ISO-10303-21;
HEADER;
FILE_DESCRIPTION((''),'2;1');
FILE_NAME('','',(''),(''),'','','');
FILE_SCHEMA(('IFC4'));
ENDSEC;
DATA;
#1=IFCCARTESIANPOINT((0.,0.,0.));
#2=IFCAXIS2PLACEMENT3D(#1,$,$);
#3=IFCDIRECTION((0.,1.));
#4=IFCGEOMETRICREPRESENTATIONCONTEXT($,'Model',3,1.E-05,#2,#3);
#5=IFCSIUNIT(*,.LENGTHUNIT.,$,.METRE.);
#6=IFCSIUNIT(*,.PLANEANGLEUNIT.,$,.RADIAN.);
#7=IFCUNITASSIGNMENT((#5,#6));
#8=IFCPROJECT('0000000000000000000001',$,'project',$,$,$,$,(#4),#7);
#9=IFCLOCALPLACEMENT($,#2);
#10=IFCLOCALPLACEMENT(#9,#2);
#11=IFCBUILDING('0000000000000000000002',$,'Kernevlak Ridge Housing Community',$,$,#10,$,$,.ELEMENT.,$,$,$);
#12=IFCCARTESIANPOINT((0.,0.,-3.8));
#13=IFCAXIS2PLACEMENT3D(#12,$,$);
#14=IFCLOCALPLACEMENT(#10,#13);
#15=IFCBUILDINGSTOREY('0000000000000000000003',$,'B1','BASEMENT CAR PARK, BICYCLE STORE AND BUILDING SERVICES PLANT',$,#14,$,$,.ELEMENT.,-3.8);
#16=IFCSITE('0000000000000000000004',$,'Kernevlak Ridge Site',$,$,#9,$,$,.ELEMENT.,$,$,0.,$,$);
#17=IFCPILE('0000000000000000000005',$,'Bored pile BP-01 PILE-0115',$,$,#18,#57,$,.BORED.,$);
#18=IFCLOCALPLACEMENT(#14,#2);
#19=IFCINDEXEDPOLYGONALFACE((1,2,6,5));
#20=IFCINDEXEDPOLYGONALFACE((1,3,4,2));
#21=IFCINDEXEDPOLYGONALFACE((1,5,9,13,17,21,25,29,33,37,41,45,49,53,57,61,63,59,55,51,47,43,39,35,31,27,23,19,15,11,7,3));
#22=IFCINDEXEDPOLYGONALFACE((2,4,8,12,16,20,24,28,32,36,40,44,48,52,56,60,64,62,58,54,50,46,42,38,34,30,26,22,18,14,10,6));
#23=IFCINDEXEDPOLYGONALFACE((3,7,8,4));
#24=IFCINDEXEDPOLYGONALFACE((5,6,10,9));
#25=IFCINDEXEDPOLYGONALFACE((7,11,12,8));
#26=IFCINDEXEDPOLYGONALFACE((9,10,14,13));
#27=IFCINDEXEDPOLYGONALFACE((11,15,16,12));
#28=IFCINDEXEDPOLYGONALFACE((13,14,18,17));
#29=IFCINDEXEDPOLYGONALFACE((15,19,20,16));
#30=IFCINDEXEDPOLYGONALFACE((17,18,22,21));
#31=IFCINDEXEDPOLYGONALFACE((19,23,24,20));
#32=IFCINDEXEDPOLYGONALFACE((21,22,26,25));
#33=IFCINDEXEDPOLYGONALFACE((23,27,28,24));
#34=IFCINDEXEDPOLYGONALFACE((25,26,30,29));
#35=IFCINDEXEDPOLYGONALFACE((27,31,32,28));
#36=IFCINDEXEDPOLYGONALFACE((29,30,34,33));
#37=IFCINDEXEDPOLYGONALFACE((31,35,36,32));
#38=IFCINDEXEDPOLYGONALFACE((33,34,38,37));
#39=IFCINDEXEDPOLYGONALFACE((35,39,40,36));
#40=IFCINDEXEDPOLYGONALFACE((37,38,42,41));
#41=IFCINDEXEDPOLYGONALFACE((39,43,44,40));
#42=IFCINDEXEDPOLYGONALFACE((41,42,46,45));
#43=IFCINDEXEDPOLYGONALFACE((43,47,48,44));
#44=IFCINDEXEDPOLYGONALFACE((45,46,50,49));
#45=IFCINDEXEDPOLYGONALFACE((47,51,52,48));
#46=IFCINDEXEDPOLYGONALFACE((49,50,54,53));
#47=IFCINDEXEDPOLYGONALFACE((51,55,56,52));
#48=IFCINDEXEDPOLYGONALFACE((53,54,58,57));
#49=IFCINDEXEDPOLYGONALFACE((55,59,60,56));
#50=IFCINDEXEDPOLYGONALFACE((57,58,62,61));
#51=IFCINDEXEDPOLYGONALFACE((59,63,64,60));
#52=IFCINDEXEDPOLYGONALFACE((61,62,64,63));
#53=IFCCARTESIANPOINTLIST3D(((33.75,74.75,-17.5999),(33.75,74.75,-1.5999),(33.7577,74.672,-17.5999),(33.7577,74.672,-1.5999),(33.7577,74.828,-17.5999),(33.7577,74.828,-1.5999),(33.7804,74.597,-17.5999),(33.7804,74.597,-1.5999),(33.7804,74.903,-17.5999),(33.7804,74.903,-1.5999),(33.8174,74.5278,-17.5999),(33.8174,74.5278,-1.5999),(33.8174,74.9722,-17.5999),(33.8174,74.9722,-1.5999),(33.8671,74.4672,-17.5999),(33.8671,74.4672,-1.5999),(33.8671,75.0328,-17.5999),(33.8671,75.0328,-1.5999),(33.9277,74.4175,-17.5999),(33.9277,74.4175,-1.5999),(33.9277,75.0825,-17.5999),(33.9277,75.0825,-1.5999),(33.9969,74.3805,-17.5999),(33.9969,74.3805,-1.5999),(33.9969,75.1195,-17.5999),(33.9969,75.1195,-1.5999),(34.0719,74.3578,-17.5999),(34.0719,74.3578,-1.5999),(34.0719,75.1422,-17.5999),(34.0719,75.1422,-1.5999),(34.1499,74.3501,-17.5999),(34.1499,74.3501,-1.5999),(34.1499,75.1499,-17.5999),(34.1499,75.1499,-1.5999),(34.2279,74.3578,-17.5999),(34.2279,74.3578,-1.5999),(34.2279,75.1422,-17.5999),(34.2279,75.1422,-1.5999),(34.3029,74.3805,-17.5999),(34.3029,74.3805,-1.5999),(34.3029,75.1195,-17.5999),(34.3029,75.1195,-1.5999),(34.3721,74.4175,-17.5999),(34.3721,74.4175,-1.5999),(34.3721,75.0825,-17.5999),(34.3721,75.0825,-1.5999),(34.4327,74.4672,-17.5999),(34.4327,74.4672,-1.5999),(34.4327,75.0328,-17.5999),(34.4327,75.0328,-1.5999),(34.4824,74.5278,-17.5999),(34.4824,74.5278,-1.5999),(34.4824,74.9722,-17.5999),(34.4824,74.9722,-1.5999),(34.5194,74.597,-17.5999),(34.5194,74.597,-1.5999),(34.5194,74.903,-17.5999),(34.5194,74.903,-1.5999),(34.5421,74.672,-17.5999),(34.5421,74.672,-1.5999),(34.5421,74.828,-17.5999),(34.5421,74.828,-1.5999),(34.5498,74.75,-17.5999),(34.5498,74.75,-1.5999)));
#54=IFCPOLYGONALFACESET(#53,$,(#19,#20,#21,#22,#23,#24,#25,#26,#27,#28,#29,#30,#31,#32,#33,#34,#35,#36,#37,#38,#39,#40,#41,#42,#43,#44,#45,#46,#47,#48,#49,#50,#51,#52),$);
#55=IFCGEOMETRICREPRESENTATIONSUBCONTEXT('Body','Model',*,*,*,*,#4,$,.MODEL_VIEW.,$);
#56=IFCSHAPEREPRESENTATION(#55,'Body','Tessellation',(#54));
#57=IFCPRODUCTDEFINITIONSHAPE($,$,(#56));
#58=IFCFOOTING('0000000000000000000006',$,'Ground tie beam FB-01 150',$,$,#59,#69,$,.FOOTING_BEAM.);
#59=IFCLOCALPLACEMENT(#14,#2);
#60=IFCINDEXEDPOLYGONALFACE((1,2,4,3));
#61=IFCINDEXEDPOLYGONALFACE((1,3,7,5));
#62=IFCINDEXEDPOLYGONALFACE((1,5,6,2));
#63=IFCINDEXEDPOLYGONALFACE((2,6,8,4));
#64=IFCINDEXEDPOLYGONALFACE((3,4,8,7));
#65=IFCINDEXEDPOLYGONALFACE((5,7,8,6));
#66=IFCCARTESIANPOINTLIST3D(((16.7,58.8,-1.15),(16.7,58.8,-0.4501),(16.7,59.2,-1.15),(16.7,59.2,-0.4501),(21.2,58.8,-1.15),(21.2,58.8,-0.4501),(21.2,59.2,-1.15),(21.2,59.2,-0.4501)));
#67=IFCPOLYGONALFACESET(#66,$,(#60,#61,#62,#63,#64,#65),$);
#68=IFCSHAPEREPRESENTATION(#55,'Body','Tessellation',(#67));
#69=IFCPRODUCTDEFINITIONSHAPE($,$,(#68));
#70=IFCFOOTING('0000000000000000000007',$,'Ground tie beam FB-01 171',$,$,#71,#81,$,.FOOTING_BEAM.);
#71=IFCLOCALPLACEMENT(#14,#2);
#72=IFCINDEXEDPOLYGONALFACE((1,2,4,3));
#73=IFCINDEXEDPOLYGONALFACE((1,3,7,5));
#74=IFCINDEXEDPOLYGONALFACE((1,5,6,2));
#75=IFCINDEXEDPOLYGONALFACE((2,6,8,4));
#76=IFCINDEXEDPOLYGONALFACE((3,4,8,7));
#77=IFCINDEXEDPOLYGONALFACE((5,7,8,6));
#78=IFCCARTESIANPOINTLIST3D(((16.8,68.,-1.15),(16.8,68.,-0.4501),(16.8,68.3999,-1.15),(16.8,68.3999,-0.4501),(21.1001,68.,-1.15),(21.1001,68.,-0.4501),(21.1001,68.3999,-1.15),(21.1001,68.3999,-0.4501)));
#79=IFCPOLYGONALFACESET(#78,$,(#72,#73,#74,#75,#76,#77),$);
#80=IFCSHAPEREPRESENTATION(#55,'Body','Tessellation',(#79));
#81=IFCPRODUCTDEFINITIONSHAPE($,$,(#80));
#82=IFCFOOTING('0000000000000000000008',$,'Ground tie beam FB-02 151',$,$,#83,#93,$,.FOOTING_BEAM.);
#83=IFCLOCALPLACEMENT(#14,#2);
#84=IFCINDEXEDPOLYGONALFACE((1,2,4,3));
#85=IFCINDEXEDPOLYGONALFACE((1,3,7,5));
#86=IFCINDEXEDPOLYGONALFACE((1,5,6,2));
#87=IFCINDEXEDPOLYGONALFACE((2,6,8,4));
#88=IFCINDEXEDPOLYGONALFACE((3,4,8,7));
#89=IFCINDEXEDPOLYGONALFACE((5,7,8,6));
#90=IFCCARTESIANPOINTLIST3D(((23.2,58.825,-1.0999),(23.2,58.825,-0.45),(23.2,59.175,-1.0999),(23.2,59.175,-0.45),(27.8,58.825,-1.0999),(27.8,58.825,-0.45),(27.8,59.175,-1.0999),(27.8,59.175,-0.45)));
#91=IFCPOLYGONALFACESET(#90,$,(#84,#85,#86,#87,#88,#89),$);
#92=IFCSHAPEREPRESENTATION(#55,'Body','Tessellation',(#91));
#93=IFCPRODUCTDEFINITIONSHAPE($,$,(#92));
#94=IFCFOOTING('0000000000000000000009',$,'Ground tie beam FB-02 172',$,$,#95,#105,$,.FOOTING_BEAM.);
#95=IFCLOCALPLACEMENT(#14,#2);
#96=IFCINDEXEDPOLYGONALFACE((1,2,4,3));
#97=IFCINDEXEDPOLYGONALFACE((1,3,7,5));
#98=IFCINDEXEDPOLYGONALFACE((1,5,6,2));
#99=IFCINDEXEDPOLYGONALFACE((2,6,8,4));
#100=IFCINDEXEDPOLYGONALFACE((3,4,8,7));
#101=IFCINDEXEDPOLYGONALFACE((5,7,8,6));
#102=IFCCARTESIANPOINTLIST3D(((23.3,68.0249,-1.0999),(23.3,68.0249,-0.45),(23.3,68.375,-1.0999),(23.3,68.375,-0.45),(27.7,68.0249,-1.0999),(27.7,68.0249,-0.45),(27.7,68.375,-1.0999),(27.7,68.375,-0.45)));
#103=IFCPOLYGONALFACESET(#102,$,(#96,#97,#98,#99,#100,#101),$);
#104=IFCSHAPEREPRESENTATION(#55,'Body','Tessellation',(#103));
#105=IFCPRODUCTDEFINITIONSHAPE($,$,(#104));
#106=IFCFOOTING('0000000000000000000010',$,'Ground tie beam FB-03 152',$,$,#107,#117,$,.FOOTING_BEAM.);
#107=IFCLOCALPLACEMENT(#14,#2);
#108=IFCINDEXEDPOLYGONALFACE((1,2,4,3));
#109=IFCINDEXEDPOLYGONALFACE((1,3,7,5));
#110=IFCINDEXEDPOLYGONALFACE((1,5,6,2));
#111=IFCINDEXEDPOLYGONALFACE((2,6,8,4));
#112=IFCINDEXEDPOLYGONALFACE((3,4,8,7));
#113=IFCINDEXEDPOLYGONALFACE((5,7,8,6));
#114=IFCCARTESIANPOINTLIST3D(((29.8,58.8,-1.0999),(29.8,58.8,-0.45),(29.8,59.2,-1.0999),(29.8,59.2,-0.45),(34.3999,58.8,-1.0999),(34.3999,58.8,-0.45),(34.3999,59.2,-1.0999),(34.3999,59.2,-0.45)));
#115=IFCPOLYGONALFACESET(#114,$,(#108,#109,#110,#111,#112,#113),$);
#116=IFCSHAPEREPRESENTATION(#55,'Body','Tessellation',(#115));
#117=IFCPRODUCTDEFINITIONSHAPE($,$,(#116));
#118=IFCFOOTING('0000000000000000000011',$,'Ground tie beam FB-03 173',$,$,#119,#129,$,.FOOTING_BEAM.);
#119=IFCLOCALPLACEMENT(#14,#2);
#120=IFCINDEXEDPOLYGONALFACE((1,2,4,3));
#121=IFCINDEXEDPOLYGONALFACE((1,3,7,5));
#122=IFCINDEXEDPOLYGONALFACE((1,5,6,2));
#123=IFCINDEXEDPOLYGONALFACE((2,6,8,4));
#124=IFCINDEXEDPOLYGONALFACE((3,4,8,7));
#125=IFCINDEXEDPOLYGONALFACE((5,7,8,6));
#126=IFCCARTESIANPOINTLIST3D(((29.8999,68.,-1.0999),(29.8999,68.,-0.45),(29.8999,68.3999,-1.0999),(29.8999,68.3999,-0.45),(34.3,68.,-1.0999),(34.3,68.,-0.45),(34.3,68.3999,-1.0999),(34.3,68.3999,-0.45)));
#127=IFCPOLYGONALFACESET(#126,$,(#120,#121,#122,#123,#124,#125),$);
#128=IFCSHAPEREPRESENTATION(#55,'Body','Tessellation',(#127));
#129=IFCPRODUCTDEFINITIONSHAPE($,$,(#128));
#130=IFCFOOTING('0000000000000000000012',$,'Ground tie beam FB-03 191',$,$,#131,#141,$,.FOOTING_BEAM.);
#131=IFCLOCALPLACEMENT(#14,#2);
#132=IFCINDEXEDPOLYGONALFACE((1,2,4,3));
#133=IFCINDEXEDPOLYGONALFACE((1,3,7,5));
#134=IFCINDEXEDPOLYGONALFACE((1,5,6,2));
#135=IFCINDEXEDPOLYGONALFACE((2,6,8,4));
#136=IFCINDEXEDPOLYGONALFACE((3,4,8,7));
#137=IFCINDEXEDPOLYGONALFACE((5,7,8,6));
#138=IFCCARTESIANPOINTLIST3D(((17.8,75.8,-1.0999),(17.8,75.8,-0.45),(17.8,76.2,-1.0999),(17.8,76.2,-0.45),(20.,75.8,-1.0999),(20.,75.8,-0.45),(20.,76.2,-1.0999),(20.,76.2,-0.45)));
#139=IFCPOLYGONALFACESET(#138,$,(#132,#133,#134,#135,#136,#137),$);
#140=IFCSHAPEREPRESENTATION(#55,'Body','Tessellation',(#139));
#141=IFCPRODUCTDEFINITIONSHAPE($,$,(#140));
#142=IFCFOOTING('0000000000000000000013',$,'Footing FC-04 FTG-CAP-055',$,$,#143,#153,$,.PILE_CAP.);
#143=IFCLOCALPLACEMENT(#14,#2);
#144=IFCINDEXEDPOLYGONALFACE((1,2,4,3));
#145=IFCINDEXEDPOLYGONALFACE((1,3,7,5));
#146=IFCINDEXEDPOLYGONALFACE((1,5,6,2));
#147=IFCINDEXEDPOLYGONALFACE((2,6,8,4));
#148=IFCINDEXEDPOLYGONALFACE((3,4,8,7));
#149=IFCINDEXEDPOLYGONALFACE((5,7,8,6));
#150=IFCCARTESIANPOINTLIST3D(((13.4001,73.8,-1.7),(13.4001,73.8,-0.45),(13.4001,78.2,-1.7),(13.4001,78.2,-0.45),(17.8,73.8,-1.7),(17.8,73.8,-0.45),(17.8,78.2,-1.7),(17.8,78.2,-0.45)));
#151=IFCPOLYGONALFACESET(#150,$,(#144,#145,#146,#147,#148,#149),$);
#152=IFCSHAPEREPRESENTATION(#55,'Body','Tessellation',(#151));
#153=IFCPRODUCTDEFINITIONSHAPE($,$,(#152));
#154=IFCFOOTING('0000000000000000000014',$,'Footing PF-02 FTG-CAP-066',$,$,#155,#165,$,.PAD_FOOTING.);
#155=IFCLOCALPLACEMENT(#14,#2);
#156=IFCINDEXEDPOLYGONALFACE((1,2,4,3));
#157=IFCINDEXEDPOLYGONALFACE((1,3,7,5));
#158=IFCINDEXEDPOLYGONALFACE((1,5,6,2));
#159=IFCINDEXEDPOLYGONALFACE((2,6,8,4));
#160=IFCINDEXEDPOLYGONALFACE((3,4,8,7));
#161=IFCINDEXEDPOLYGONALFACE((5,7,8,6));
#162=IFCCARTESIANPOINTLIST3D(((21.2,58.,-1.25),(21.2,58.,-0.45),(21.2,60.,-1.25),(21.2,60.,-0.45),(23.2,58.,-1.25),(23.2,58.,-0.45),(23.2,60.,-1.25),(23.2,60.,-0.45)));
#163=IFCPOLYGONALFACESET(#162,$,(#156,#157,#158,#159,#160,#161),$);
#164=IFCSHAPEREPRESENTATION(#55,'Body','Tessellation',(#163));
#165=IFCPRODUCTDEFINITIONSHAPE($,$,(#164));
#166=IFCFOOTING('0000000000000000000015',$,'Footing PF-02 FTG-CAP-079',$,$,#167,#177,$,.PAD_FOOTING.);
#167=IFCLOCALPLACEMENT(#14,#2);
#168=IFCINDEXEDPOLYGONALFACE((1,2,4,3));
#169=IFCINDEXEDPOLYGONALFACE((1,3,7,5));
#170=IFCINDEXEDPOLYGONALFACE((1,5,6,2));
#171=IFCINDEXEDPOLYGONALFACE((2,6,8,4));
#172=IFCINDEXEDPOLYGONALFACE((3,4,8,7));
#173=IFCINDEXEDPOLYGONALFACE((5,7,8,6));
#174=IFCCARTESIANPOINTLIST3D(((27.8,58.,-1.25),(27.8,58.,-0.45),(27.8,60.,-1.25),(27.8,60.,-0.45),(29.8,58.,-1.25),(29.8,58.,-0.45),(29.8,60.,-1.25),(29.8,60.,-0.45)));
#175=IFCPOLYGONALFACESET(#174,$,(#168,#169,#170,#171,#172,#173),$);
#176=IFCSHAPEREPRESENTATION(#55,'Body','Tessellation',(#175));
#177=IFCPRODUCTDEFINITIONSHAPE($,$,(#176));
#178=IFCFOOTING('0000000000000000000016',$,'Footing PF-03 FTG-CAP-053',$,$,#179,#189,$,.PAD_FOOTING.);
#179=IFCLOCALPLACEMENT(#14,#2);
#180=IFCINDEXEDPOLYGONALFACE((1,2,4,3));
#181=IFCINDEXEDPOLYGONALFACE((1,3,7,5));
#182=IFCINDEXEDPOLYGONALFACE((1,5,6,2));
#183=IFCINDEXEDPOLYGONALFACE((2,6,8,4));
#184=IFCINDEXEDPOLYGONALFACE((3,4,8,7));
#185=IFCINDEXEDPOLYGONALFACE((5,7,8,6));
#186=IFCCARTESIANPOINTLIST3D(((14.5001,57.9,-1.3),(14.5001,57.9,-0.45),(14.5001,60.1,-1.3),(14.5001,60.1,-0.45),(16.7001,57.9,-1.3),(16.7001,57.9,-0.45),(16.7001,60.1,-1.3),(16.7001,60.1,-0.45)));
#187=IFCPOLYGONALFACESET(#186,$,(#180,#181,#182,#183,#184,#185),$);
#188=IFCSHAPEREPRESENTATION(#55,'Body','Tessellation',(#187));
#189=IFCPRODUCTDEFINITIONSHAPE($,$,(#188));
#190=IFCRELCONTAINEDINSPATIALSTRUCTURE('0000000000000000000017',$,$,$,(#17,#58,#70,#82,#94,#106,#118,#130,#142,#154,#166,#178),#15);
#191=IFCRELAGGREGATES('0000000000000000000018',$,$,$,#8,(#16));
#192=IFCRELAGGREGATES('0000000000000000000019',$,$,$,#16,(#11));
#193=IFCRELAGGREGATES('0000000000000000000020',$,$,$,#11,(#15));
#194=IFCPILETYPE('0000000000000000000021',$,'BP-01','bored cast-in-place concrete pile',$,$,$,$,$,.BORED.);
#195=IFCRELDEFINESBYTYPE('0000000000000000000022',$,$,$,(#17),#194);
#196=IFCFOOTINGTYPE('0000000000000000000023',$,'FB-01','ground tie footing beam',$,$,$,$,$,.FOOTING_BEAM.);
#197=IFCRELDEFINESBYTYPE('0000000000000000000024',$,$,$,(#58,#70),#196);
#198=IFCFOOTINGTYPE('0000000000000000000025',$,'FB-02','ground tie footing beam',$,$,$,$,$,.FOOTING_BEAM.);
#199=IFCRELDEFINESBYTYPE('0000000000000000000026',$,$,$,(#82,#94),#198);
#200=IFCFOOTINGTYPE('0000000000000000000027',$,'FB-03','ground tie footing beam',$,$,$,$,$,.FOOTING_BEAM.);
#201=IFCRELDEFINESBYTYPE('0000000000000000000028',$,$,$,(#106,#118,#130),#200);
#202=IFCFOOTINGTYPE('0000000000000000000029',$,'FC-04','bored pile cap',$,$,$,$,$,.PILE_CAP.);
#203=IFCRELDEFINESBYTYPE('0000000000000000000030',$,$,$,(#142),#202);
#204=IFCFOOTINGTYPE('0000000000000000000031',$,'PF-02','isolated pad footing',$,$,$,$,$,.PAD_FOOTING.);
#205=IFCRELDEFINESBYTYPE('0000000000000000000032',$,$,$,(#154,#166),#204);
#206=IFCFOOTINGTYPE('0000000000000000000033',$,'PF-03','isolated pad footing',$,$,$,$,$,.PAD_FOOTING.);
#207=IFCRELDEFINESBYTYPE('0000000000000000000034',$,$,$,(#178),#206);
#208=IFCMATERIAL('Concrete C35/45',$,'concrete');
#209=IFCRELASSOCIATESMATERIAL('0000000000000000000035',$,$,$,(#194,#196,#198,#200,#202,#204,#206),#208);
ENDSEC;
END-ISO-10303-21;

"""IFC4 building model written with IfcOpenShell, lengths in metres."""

from ifc_helpers import new_model, si_unit, direction, frame, origin, origin_2d, place, context, subcontext, project, spatial, rectangle, circle, extrude, material, material_profile, profile_set, type_object, element, save


model = new_model("IFC4")

# Units and contexts
model_context = context("Model", 3, precision=1e-05, world=origin(), true_north=direction((0.0, 1.0)))
body_context = subcontext(model_context, "Body", "Model", "MODEL_VIEW")
ifc_project = project(units=[si_unit("LENGTHUNIT", "METRE"), si_unit("PLANEANGLEUNIT", "RADIAN")], contexts=[model_context])

# Site, building, storey
site_placement = place(None, origin())
site = spatial("IfcSite", under=ifc_project, at=site_placement, Name="Kernevlak Ridge Site", CompositionType="ELEMENT", RefElevation=0.0)
building_placement = place(site_placement, origin())
building = spatial("IfcBuilding", under=site, at=building_placement, Name="Kernevlak Ridge Housing Community", CompositionType="ELEMENT")
storey_placement = place(building_placement, frame((0.0, 0.0, -3.8)))
storey = spatial("IfcBuildingStorey", under=building, at=storey_placement, Name="B1", Description="BASEMENT CAR PARK, BICYCLE STORE AND BUILDING SERVICES PLANT", CompositionType="ELEMENT", Elevation=-3.8)

# Pile
ifc_material_1 = material(Name="Concrete C35/45", Category="concrete")
ifc_material_profile_1 = material_profile(ifc_material_1, circle(Radius=0.3999, at=origin_2d()), Name="BORED PILE 800")
ifc_profile_set_1 = profile_set([ifc_material_profile_1], Name="Concrete C35/45")
pile_type = type_object("IfcPileType", Name="BP-01", Description="bored cast-in-place concrete pile", PredefinedType="BORED", material=ifc_profile_set_1)
for number, where, z_axis, x_axis, name in (
    (1, (34.1499, 74.75, -1.5999), (0.0, 0.0, -1.0), (1.0, 0.0, 0.0), "Bored pile BP-01 PILE-0115"),
):
    element("IfcPile", number, at=place(storey_placement, frame(where, z_axis=z_axis, x_axis=x_axis)), inside=storey, type_object=pile_type, Name=name, PredefinedType="BORED", context=body_context, shape_type="SweptSolid", body=[
        extrude(circle(Radius=0.3999, at=origin_2d()), origin(), (0.0, 0.0, 1.0), 16.0),
    ])

# Footings
ifc_material_profile_2 = material_profile(ifc_material_1, rectangle(XDim=0.3999, YDim=0.7, at=origin_2d()), Name="RC 400x700")
ifc_profile_set_2 = profile_set([ifc_material_profile_2], Name="Concrete C35/45")
footing_type_1 = type_object("IfcFootingType", Name="FB-01", Description="ground tie footing beam", PredefinedType="FOOTING_BEAM", material=ifc_profile_set_2)
footing_1_placement = place(storey_placement, frame((16.7, 59.0, -0.8), z_axis=(1.0, 0.0, 0.0), x_axis=(0.0, 1.0, 0.0)))
element("IfcFooting", 2, at=footing_1_placement, inside=storey, type_object=footing_type_1, Name="Ground tie beam FB-01 150", PredefinedType="FOOTING_BEAM", context=body_context, shape_type="SweptSolid", body=[
    extrude(rectangle(XDim=0.3999, YDim=0.7, at=origin_2d()), origin(), (0.0, 0.0, 1.0), 4.5),
])
footing_2_placement = place(storey_placement, frame((16.8, 68.2, -0.8), z_axis=(1.0, 0.0, 0.0), x_axis=(0.0, 1.0, 0.0)))
element("IfcFooting", 3, at=footing_2_placement, inside=storey, type_object=footing_type_1, Name="Ground tie beam FB-01 171", PredefinedType="FOOTING_BEAM", context=body_context, shape_type="SweptSolid", body=[
    extrude(rectangle(XDim=0.3999, YDim=0.7, at=origin_2d()), origin(), (0.0, 0.0, 1.0), 4.3),
])
ifc_material_profile_3 = material_profile(ifc_material_1, rectangle(XDim=0.3501, YDim=0.6499, at=origin_2d()), Name="RC 350x650")
ifc_profile_set_3 = profile_set([ifc_material_profile_3], Name="Concrete C35/45")
footing_type_2 = type_object("IfcFootingType", Name="FB-02", Description="ground tie footing beam", PredefinedType="FOOTING_BEAM", material=ifc_profile_set_3)
footing_3_placement = place(storey_placement, frame((23.2, 59.0, -0.7749), z_axis=(1.0, 0.0, 0.0), x_axis=(0.0, 1.0, 0.0)))
element("IfcFooting", 4, at=footing_3_placement, inside=storey, type_object=footing_type_2, Name="Ground tie beam FB-02 151", PredefinedType="FOOTING_BEAM", context=body_context, shape_type="SweptSolid", body=[
    extrude(rectangle(XDim=0.3501, YDim=0.6499, at=origin_2d()), origin(), (0.0, 0.0, 1.0), 4.6001),
])
footing_4_placement = place(storey_placement, frame((23.3, 68.2, -0.7749), z_axis=(1.0, 0.0, 0.0), x_axis=(0.0, 1.0, 0.0)))
element("IfcFooting", 5, at=footing_4_placement, inside=storey, type_object=footing_type_2, Name="Ground tie beam FB-02 172", PredefinedType="FOOTING_BEAM", context=body_context, shape_type="SweptSolid", body=[
    extrude(rectangle(XDim=0.3501, YDim=0.6499, at=origin_2d()), origin(), (0.0, 0.0, 1.0), 4.3999),
])
ifc_material_profile_4 = material_profile(ifc_material_1, rectangle(XDim=0.3999, YDim=0.6499, at=origin_2d()), Name="RC 400x650")
ifc_profile_set_4 = profile_set([ifc_material_profile_4], Name="Concrete C35/45")
footing_type_3 = type_object("IfcFootingType", Name="FB-03", Description="ground tie footing beam", PredefinedType="FOOTING_BEAM", material=ifc_profile_set_4)
footing_5_placement = place(storey_placement, frame((29.8, 59.0, -0.7749), z_axis=(1.0, 0.0, 0.0), x_axis=(0.0, 1.0, 0.0)))
element("IfcFooting", 6, at=footing_5_placement, inside=storey, type_object=footing_type_3, Name="Ground tie beam FB-03 152", PredefinedType="FOOTING_BEAM", context=body_context, shape_type="SweptSolid", body=[
    extrude(rectangle(XDim=0.3999, YDim=0.6499, at=origin_2d()), origin(), (0.0, 0.0, 1.0), 4.5999),
])
footing_6_placement = place(storey_placement, frame((29.8999, 68.2, -0.7749), z_axis=(1.0, 0.0, 0.0), x_axis=(0.0, 1.0, 0.0)))
element("IfcFooting", 7, at=footing_6_placement, inside=storey, type_object=footing_type_3, Name="Ground tie beam FB-03 173", PredefinedType="FOOTING_BEAM", context=body_context, shape_type="SweptSolid", body=[
    extrude(rectangle(XDim=0.3999, YDim=0.6499, at=origin_2d()), origin(), (0.0, 0.0, 1.0), 4.4001),
])
footing_7_placement = place(storey_placement, frame((17.8, 76.0, -0.7749), z_axis=(1.0, 0.0, 0.0), x_axis=(0.0, 1.0, 0.0)))
element("IfcFooting", 8, at=footing_7_placement, inside=storey, type_object=footing_type_3, Name="Ground tie beam FB-03 191", PredefinedType="FOOTING_BEAM", context=body_context, shape_type="SweptSolid", body=[
    extrude(rectangle(XDim=0.3999, YDim=0.6499, at=origin_2d()), origin(), (0.0, 0.0, 1.0), 2.2),
])
footing_type_4 = type_object("IfcFootingType", Name="FC-04", Description="bored pile cap", PredefinedType="PILE_CAP", material=ifc_material_1)
footing_8_placement = place(storey_placement, frame((15.6001, 76.0, -1.7), z_axis=(0.0, 0.0, 1.0), x_axis=(1.0, 0.0, 0.0)))
element("IfcFooting", 9, at=footing_8_placement, inside=storey, type_object=footing_type_4, Name="Footing FC-04 FTG-CAP-055", PredefinedType="PILE_CAP", context=body_context, shape_type="SweptSolid", body=[
    extrude(rectangle(XDim=4.3999, YDim=4.3999, at=origin_2d()), origin(), (0.0, 0.0, 1.0), 1.25),
])
footing_type_5 = type_object("IfcFootingType", Name="PF-02", Description="isolated pad footing", PredefinedType="PAD_FOOTING", material=ifc_material_1)
for number, where, z_axis, x_axis, name in (
    (10, (22.2, 59.0, -1.25), (0.0, 0.0, 1.0), (1.0, 0.0, 0.0), "Footing PF-02 FTG-CAP-066"),
    (11, (28.8, 59.0, -1.25), (0.0, 0.0, 1.0), (1.0, 0.0, 0.0), "Footing PF-02 FTG-CAP-079"),
):
    element("IfcFooting", number, at=place(storey_placement, frame(where, z_axis=z_axis, x_axis=x_axis)), inside=storey, type_object=footing_type_5, Name=name, PredefinedType="PAD_FOOTING", context=body_context, shape_type="SweptSolid", body=[
        extrude(rectangle(XDim=2.0, YDim=2.0, at=origin_2d()), origin(), (0.0, 0.0, 1.0), 0.8),
    ])
footing_type_6 = type_object("IfcFootingType", Name="PF-03", Description="isolated pad footing", PredefinedType="PAD_FOOTING", material=ifc_material_1)
for number, where, z_axis, x_axis, name in (
    (12, (15.6001, 59.0, -1.3), (0.0, 0.0, 1.0), (1.0, 0.0, 0.0), "Footing PF-03 FTG-CAP-053"),
):
    element("IfcFooting", number, at=place(storey_placement, frame(where, z_axis=z_axis, x_axis=x_axis)), inside=storey, type_object=footing_type_6, Name=name, PredefinedType="PAD_FOOTING", context=body_context, shape_type="SweptSolid", body=[
        extrude(rectangle(XDim=2.2, YDim=2.2, at=origin_2d()), origin(), (0.0, 0.0, 1.0), 0.8501),
    ])

save(model, "model.ifc")
